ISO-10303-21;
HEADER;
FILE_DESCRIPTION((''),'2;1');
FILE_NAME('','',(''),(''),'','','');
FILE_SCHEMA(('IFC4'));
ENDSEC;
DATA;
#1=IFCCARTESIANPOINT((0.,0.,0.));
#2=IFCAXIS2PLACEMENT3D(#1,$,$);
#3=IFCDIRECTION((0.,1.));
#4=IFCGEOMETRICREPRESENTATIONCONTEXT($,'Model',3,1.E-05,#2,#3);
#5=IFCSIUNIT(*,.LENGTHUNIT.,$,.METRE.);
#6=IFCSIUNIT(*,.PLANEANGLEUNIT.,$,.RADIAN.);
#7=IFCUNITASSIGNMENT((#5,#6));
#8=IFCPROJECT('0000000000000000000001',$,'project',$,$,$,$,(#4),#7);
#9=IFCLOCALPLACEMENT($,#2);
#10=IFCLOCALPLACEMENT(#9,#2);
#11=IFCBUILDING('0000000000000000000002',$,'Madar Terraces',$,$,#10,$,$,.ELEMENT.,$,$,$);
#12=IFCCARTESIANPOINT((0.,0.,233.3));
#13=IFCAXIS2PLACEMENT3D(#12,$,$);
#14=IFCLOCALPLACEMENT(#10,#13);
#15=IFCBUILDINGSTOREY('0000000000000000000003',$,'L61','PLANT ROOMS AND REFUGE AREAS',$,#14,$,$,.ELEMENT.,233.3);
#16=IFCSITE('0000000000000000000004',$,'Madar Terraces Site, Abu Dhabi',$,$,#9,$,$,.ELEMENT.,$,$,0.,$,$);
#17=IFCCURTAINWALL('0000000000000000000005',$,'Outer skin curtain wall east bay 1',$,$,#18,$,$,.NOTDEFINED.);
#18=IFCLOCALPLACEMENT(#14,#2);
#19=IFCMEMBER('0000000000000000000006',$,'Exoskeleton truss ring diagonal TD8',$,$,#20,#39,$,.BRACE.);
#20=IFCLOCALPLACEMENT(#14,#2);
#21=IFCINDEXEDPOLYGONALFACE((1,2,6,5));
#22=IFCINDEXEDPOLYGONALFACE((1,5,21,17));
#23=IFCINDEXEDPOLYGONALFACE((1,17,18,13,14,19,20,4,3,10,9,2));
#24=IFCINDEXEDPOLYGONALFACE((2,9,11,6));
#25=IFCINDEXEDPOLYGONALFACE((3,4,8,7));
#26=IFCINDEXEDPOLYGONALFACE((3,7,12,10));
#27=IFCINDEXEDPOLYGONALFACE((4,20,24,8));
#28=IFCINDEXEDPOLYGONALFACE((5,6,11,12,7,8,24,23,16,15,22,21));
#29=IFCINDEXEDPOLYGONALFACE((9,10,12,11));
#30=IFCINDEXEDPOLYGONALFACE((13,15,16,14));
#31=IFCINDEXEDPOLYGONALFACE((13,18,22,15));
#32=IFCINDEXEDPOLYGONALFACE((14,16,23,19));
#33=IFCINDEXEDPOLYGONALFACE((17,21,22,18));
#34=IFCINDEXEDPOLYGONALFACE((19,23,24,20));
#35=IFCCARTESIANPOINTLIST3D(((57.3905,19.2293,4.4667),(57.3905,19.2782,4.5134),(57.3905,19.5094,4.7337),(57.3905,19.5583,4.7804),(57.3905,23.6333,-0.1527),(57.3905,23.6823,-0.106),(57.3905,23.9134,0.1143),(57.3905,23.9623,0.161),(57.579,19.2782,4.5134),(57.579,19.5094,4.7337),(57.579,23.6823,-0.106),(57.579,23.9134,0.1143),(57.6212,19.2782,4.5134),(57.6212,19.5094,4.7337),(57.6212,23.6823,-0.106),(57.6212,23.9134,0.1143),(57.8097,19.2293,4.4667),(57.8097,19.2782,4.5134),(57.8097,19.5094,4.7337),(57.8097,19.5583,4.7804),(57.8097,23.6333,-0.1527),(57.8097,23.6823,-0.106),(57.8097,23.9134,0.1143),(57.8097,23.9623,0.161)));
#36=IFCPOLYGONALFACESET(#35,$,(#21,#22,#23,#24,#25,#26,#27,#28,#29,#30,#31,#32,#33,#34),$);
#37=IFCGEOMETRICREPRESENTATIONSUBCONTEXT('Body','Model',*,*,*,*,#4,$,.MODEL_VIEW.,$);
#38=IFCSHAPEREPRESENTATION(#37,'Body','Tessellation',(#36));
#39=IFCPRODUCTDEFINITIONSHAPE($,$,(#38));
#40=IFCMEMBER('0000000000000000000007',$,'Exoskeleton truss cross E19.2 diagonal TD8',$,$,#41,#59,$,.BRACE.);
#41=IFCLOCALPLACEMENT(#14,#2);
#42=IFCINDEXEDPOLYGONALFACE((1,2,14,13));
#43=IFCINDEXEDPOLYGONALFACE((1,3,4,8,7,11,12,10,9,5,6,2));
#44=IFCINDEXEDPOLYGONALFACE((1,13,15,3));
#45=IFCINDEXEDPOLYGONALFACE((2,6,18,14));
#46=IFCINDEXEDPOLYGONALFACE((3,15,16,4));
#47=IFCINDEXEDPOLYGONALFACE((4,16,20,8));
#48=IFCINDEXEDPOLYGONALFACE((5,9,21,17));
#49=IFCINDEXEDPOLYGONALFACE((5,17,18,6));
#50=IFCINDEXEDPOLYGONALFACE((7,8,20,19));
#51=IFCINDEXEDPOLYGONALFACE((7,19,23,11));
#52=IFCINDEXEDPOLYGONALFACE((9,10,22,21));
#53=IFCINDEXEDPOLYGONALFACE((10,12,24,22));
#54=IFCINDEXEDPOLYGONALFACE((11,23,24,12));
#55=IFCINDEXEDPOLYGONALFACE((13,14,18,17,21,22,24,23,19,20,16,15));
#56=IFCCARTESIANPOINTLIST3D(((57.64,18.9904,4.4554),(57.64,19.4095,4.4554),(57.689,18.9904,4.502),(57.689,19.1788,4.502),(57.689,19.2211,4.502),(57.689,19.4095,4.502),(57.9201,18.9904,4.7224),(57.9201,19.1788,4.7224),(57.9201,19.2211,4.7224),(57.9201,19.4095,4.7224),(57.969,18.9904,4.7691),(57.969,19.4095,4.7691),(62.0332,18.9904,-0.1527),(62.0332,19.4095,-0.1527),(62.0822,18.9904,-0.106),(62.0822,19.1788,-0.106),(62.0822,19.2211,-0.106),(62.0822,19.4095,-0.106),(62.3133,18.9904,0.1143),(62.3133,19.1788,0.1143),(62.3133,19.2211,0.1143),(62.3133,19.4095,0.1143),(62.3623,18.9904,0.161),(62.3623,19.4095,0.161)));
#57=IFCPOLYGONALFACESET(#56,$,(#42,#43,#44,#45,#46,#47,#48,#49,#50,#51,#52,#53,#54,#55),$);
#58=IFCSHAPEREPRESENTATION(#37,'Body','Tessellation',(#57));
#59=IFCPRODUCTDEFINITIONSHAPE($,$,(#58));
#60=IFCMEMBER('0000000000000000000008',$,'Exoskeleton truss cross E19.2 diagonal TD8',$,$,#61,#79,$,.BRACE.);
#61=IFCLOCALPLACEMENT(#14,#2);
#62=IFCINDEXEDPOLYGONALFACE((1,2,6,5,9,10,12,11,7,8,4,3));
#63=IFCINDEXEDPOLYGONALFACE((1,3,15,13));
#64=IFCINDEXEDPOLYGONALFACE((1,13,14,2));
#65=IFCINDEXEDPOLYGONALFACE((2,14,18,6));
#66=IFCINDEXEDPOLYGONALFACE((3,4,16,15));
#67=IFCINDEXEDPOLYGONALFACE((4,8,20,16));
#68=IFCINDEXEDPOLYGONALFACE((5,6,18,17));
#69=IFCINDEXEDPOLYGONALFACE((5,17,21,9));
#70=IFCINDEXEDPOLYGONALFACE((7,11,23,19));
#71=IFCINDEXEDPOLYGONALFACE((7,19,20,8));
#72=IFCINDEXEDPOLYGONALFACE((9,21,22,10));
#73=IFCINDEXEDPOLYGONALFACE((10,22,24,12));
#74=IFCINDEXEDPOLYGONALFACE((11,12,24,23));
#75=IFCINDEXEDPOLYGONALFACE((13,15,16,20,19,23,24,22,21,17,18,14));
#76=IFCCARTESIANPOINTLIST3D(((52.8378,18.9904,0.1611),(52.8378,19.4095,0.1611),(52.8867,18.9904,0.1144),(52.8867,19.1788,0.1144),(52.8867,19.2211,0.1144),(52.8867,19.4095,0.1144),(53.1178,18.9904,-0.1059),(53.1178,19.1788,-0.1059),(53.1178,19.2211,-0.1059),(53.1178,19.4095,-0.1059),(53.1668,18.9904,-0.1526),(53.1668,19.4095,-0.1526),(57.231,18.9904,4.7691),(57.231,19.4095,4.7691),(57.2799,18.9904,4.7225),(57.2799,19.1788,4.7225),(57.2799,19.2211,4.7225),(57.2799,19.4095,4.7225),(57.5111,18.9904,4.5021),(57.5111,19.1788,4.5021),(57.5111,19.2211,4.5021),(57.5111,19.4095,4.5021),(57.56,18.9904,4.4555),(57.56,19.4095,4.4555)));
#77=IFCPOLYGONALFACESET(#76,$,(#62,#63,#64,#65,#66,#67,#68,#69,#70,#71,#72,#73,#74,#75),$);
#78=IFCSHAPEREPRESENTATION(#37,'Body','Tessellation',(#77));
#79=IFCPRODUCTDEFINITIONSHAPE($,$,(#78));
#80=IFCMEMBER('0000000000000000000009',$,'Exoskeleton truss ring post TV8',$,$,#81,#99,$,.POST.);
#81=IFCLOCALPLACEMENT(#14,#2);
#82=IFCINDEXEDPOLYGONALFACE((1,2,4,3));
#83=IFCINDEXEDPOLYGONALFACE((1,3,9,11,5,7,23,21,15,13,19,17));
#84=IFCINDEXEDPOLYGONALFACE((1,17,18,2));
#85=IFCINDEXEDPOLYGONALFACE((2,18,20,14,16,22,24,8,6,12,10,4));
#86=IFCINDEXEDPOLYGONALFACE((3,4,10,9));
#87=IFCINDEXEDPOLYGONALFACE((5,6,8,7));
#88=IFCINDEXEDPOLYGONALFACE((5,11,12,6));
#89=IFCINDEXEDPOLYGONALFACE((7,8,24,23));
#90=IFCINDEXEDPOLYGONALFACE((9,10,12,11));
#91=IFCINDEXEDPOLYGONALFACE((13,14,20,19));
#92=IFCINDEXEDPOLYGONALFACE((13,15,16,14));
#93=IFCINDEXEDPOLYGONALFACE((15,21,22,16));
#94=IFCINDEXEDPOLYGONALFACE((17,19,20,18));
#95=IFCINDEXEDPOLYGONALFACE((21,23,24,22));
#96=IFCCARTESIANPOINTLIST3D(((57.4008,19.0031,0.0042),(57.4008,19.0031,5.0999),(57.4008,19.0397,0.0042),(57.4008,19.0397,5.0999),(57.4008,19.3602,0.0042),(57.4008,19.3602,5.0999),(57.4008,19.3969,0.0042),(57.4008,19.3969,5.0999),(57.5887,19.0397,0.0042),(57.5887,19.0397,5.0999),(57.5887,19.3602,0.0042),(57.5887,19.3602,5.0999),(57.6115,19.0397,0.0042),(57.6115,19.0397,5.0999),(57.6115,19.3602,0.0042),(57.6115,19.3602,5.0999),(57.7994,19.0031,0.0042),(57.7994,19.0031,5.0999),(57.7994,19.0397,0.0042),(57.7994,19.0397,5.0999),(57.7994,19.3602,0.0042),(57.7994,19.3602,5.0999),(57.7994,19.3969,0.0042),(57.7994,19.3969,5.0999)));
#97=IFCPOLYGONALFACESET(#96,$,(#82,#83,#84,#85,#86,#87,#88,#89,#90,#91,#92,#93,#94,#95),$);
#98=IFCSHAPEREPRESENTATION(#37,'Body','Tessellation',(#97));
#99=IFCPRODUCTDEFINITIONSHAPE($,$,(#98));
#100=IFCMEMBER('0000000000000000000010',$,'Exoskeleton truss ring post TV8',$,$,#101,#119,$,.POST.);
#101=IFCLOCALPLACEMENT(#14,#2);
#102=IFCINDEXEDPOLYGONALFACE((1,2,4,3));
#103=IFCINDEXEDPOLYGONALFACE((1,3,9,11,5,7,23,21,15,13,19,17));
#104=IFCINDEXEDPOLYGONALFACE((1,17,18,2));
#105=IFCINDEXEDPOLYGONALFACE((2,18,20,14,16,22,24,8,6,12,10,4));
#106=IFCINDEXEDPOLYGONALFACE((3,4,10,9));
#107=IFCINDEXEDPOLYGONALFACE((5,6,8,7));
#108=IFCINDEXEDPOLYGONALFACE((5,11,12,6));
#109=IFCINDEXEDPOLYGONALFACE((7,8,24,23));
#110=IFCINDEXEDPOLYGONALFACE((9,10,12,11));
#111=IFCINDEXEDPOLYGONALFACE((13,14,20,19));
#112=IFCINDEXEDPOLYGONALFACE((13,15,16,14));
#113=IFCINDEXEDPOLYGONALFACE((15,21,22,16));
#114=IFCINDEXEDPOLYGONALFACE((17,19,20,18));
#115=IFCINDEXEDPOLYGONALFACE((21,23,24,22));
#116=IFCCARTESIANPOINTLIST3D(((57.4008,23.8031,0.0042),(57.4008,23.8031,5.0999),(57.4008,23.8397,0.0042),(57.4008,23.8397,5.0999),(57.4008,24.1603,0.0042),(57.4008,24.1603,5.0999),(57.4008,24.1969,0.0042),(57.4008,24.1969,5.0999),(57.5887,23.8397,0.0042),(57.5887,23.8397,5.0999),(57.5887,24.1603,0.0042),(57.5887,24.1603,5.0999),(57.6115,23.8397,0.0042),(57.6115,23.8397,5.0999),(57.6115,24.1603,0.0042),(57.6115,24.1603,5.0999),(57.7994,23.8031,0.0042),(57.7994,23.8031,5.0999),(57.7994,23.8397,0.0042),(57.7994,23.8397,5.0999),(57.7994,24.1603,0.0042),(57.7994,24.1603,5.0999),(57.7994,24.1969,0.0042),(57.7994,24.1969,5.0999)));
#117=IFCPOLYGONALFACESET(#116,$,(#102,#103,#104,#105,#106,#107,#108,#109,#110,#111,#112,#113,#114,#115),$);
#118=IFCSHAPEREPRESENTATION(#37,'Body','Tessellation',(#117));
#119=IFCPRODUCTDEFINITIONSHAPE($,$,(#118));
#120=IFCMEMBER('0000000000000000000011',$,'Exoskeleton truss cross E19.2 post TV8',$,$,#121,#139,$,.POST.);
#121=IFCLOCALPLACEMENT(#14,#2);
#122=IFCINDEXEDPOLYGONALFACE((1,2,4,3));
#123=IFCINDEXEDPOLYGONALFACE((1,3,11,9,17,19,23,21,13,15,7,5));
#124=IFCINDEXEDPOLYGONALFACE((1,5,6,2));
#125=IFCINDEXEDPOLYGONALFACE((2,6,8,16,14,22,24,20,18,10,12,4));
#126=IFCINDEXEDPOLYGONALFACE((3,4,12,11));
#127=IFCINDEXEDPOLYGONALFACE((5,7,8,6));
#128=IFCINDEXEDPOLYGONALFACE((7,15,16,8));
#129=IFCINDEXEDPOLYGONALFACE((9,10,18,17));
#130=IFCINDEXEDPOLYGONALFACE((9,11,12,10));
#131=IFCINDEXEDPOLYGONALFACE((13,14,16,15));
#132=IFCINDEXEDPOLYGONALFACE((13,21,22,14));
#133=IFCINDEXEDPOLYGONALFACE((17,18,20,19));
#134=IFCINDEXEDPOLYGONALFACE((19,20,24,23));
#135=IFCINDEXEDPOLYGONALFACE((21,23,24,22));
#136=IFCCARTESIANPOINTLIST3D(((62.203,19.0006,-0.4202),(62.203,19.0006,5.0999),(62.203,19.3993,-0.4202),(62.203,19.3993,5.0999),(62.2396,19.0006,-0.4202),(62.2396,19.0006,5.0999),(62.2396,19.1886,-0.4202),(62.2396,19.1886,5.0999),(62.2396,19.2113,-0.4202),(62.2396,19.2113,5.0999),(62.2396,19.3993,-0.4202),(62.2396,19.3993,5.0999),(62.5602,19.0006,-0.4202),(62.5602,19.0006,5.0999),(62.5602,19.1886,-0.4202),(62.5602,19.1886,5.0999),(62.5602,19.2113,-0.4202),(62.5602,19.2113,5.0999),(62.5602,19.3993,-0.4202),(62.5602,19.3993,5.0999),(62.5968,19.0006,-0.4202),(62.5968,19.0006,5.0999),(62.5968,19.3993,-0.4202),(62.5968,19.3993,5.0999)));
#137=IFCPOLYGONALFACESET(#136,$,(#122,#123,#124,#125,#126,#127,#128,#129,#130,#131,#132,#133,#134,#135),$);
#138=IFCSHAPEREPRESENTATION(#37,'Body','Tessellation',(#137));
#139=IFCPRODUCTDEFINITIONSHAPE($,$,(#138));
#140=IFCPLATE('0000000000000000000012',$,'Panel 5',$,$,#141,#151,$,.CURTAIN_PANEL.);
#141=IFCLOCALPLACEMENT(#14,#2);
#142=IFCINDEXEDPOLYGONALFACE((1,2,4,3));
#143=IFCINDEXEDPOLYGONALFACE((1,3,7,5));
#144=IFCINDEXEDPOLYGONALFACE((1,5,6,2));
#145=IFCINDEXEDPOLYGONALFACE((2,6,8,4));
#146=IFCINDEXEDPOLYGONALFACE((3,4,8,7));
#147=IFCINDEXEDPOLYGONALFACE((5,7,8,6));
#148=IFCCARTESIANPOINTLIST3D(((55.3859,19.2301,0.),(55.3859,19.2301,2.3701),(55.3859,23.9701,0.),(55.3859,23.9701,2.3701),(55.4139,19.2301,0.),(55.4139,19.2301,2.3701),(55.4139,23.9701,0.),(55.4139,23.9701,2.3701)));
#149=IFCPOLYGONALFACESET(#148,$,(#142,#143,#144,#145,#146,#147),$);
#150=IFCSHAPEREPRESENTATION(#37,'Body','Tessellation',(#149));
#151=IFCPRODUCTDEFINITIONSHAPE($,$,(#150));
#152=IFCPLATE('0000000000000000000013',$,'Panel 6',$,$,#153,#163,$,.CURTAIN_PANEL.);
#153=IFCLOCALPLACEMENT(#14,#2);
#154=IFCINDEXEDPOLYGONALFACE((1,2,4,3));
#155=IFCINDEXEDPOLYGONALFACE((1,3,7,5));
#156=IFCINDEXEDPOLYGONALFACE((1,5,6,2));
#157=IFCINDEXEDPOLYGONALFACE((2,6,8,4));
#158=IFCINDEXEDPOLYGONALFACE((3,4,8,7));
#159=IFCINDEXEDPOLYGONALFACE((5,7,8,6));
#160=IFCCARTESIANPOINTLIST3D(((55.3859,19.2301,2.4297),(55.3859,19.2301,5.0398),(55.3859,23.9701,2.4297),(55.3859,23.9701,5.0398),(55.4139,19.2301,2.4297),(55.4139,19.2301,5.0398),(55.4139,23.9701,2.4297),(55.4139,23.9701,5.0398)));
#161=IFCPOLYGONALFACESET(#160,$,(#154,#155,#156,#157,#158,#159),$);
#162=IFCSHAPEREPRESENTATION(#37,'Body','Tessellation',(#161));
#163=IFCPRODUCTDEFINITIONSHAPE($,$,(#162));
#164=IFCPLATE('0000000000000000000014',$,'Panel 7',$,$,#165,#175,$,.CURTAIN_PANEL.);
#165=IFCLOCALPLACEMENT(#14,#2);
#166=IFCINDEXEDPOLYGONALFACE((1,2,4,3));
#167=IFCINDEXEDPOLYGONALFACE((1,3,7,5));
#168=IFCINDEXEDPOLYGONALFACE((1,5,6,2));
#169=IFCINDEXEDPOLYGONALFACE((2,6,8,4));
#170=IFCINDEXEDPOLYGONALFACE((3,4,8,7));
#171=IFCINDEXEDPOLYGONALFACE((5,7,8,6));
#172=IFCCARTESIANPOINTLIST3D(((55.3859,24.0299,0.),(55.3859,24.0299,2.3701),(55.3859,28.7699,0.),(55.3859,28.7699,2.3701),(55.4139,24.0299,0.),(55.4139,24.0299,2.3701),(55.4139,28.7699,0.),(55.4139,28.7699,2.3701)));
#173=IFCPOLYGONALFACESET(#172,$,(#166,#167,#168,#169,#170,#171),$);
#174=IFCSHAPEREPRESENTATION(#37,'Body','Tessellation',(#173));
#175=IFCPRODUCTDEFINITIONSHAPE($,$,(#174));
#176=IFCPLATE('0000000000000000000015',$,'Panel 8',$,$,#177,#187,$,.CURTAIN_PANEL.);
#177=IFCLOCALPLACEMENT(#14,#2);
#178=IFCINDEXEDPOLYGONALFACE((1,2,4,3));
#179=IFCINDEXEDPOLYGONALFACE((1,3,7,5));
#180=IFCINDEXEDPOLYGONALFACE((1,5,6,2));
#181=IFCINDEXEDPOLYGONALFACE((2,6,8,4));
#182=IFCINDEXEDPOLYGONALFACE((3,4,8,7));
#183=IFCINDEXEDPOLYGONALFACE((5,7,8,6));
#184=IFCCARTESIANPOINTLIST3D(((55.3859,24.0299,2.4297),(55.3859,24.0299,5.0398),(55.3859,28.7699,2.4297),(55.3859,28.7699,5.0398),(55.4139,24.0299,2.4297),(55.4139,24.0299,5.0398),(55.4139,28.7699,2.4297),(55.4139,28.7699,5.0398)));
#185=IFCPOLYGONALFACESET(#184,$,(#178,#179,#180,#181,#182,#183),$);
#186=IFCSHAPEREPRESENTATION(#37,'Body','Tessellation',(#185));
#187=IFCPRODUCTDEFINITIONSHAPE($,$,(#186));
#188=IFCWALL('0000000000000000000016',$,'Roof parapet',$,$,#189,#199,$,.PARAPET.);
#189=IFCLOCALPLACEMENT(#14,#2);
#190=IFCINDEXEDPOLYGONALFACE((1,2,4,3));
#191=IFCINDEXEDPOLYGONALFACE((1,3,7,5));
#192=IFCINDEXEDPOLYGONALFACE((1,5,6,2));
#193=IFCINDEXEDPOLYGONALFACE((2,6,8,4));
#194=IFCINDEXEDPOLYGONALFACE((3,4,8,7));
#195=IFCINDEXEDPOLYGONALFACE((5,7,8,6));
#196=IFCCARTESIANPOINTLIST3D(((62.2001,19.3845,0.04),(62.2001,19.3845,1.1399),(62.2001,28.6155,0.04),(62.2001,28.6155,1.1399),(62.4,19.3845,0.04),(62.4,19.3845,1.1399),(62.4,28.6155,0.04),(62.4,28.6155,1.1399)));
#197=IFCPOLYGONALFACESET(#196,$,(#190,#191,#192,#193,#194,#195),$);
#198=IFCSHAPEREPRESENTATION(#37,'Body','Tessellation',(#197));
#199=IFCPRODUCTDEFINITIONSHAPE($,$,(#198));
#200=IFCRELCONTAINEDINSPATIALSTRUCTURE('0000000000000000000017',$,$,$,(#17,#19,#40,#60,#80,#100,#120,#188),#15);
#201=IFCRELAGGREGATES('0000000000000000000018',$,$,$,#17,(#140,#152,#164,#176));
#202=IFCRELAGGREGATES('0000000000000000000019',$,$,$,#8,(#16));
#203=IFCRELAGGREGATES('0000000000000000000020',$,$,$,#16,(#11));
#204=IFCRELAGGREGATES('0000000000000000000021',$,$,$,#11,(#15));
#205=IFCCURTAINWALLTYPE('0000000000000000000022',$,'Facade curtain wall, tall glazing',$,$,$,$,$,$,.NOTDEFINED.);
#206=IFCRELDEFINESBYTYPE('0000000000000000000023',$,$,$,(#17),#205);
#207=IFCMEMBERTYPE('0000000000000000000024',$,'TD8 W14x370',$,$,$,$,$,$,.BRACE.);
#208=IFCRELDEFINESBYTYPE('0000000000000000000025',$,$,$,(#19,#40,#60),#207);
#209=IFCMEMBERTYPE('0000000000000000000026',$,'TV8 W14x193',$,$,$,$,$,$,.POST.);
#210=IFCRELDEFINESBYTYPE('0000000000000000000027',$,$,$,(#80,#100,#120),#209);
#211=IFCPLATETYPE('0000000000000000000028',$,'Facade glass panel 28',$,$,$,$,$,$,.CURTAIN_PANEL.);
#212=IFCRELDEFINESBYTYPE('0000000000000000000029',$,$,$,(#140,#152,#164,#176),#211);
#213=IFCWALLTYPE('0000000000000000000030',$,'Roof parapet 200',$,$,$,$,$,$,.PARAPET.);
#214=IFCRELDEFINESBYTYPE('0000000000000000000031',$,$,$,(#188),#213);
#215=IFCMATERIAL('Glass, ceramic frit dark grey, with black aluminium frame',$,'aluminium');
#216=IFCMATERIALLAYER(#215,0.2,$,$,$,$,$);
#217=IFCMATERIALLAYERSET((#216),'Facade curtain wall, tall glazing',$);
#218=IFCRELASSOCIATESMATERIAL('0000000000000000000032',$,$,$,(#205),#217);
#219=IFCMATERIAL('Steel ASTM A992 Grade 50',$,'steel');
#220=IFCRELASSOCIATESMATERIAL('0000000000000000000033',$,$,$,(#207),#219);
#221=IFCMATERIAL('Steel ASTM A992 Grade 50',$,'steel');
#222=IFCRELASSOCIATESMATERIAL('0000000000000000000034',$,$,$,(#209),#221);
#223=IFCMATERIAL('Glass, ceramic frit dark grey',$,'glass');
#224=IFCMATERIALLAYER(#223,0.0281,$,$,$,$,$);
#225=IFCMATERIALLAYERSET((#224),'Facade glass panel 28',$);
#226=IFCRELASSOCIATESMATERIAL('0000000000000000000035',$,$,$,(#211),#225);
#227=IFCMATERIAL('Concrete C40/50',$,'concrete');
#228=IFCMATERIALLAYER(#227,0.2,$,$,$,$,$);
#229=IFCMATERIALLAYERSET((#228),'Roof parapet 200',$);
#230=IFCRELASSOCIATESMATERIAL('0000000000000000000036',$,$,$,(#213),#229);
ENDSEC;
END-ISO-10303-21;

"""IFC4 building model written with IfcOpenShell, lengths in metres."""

from ifc_helpers import new_model, si_unit, direction, frame, frame_2d, origin, origin_2d, place, context, subcontext, project, spatial, rectangle, i_section, extrude, material, layer, layer_set, material_profile, profile_set, type_object, element, aggregate, save


model = new_model("IFC4")

# Units and contexts
model_context = context("Model", 3, precision=1e-05, world=origin(), true_north=direction((0.0, 1.0)))
body_context = subcontext(model_context, "Body", "Model", "MODEL_VIEW")
ifc_project = project(units=[si_unit("LENGTHUNIT", "METRE"), si_unit("PLANEANGLEUNIT", "RADIAN")], contexts=[model_context])

# Site, building, storey
site_placement = place(None, origin())
site = spatial("IfcSite", under=ifc_project, at=site_placement, Name="Madar Terraces Site, Abu Dhabi", CompositionType="ELEMENT", RefElevation=0.0)
building_placement = place(site_placement, origin())
building = spatial("IfcBuilding", under=site, at=building_placement, Name="Madar Terraces", CompositionType="ELEMENT")
storey_placement = place(building_placement, frame((0.0, 0.0, 233.3)))
storey = spatial("IfcBuildingStorey", under=building, at=storey_placement, Name="L61", Description="PLANT ROOMS AND REFUGE AREAS", CompositionType="ELEMENT", Elevation=233.3)

# Curtain wall
ifc_material_1 = material(Name="Glass, ceramic frit dark grey, with black aluminium frame", Category="aluminium")
ifc_layer_1 = layer(ifc_material_1, 0.2)
ifc_layer_set_1 = layer_set([ifc_layer_1], Name="Facade curtain wall, tall glazing")
curtain_wall_type = type_object("IfcCurtainWallType", Name="Facade curtain wall, tall glazing", PredefinedType="NOTDEFINED", material=ifc_layer_set_1)
curtain_wall_placement = place(storey_placement, origin())
curtain_wall = element("IfcCurtainWall", 1, at=curtain_wall_placement, inside=storey, type_object=curtain_wall_type, Name="Outer skin curtain wall east bay 1", PredefinedType="NOTDEFINED")

# Members
ifc_material_2 = material(Name="Steel ASTM A992 Grade 50", Category="steel")
ifc_material_profile_1 = material_profile(ifc_material_2, i_section(OverallWidth=0.4192, OverallDepth=0.4546, WebThickness=0.0422, FlangeThickness=0.0676, at=origin_2d()), Name="W14x370")
ifc_profile_set_1 = profile_set([ifc_material_profile_1], Name="Steel ASTM A992 Grade 50")
member_type_1 = type_object("IfcMemberType", Name="TD8 W14x370", PredefinedType="BRACE", material=ifc_profile_set_1)
member_1_placement = place(storey_placement, frame((57.6001, 19.3938, 4.6235), z_axis=(0.0, 0.690036, -0.723775), x_axis=(-1.0, 0.0, 0.0)))
element("IfcMember", 2, at=member_1_placement, inside=storey, type_object=member_type_1, Name="Exoskeleton truss ring diagonal TD8", PredefinedType="BRACE", context=body_context, shape_type="SweptSolid", body=[
    extrude(i_section(OverallWidth=0.4192, OverallDepth=0.4546, WebThickness=0.0422, FlangeThickness=0.0676, at=origin_2d()), origin(), (0.0, 0.0, 1.0), 6.3823),
])
for number, where, z_axis, x_axis, name in (
    (3, (62.1978, 19.2, 0.0042), (-0.690033, 0.0, 0.723778), (0.0, -1.0, 0.0), "Exoskeleton truss cross E19.2 diagonal TD8"),
    (4, (57.3955, 19.2, 4.6123), (-0.690033, 0.0, -0.723778), (0.0, -1.0, 0.0), "Exoskeleton truss cross E19.2 diagonal TD8"),
):
    element("IfcMember", number, at=place(storey_placement, frame(where, z_axis=z_axis, x_axis=x_axis)), inside=storey, type_object=member_type_1, Name=name, PredefinedType="BRACE", context=body_context, shape_type="SweptSolid", body=[
        extrude(i_section(OverallWidth=0.4192, OverallDepth=0.4546, WebThickness=0.0422, FlangeThickness=0.0676, at=origin_2d()), origin(), (0.0, 0.0, 1.0), 6.3667),
    ])
ifc_material_3 = material(Name="Steel ASTM A992 Grade 50", Category="steel")
ifc_material_profile_2 = material_profile(ifc_material_3, i_section(OverallWidth=0.3987, OverallDepth=0.3938, WebThickness=0.0227, FlangeThickness=0.0366, at=origin_2d()), Name="W14x193")
ifc_profile_set_2 = profile_set([ifc_material_profile_2], Name="Steel ASTM A992 Grade 50")
member_type_2 = type_object("IfcMemberType", Name="TV8 W14x193", PredefinedType="POST", material=ifc_profile_set_2)
for number, where, z_axis, x_axis, name in (
    (5, (57.6001, 19.2, 0.0042), (0.0, 0.0, 1.0), (-1.0, 0.0, 0.0), "Exoskeleton truss ring post TV8"),
    (6, (57.6001, 24.0, 0.0042), (0.0, 0.0, 1.0), (-1.0, 0.0, 0.0), "Exoskeleton truss ring post TV8"),
):
    element("IfcMember", number, at=place(storey_placement, frame(where, z_axis=z_axis, x_axis=x_axis)), inside=storey, type_object=member_type_2, Name=name, PredefinedType="POST", context=body_context, shape_type="SweptSolid", body=[
        extrude(i_section(OverallWidth=0.3987, OverallDepth=0.3938, WebThickness=0.0227, FlangeThickness=0.0366, at=origin_2d()), origin(), (0.0, 0.0, 1.0), 5.0957),
    ])
member_2_placement = place(storey_placement, frame((62.3999, 19.2, -0.4202), z_axis=(0.0, 0.0, 1.0), x_axis=(0.0, 1.0, 0.0)))
element("IfcMember", 7, at=member_2_placement, inside=storey, type_object=member_type_2, Name="Exoskeleton truss cross E19.2 post TV8", PredefinedType="POST", context=body_context, shape_type="SweptSolid", body=[
    extrude(i_section(OverallWidth=0.3987, OverallDepth=0.3938, WebThickness=0.0227, FlangeThickness=0.0366, at=origin_2d()), origin(), (0.0, 0.0, 1.0), 5.52),
])

# Plates
ifc_material_4 = material(Name="Glass, ceramic frit dark grey", Category="glass")
ifc_layer_2 = layer(ifc_material_4, 0.0281)
ifc_layer_set_2 = layer_set([ifc_layer_2], Name="Facade glass panel 28")
plate_type = type_object("IfcPlateType", Name="Facade glass panel 28", PredefinedType="CURTAIN_PANEL", material=ifc_layer_set_2)
plate_1_placement = place(storey_placement, frame((55.3999, 21.6001, 0.0), z_axis=(0.0, 0.0, 1.0), x_axis=(0.0, 1.0, 0.0)))
plate_1 = element("IfcPlate", 8, at=plate_1_placement, type_object=plate_type, Name="Panel 5", PredefinedType="CURTAIN_PANEL", context=body_context, shape_type="SweptSolid", body=[
    extrude(rectangle(XDim=4.74, YDim=0.0281, at=origin_2d()), origin(), (0.0, 0.0, 1.0), 2.3701),
])
plate_2_placement = place(storey_placement, frame((55.3999, 21.6001, 2.4297), z_axis=(0.0, 0.0, 1.0), x_axis=(0.0, 1.0, 0.0)))
plate_2 = element("IfcPlate", 9, at=plate_2_placement, type_object=plate_type, Name="Panel 6", PredefinedType="CURTAIN_PANEL", context=body_context, shape_type="SweptSolid", body=[
    extrude(rectangle(XDim=4.74, YDim=0.0281, at=origin_2d()), origin(), (0.0, 0.0, 1.0), 2.6101),
])
plate_3_placement = place(storey_placement, frame((55.3999, 26.3999, 0.0), z_axis=(0.0, 0.0, 1.0), x_axis=(0.0, 1.0, 0.0)))
plate_3 = element("IfcPlate", 10, at=plate_3_placement, type_object=plate_type, Name="Panel 7", PredefinedType="CURTAIN_PANEL", context=body_context, shape_type="SweptSolid", body=[
    extrude(rectangle(XDim=4.74, YDim=0.0281, at=origin_2d()), origin(), (0.0, 0.0, 1.0), 2.3701),
])
plate_4_placement = place(storey_placement, frame((55.3999, 26.3999, 2.4297), z_axis=(0.0, 0.0, 1.0), x_axis=(0.0, 1.0, 0.0)))
plate_4 = element("IfcPlate", 11, at=plate_4_placement, type_object=plate_type, Name="Panel 8", PredefinedType="CURTAIN_PANEL", context=body_context, shape_type="SweptSolid", body=[
    extrude(rectangle(XDim=4.74, YDim=0.0281, at=origin_2d()), origin(), (0.0, 0.0, 1.0), 2.6101),
])
aggregate(curtain_wall, [plate_1, plate_2, plate_3, plate_4])

# Wall
ifc_material_5 = material(Name="Concrete C40/50", Category="concrete")
ifc_layer_3 = layer(ifc_material_5, 0.2)
ifc_layer_set_3 = layer_set([ifc_layer_3], Name="Roof parapet 200")
wall_type = type_object("IfcWallType", Name="Roof parapet 200", PredefinedType="PARAPET", material=ifc_layer_set_3)
wall_placement = place(storey_placement, frame((62.3, 19.3845, 0.04), z_axis=(0.0, 0.0, 1.0), x_axis=(0.0, 1.0, 0.0)))
element("IfcWall", 12, at=wall_placement, inside=storey, type_object=wall_type, Name="Roof parapet", PredefinedType="PARAPET", context=body_context, shape_type="SweptSolid", body=[
    extrude(rectangle(XDim=9.231, YDim=0.2, at=frame_2d((4.6155, 0.0))), origin(), (0.0, 0.0, 1.0), 1.0999),
])

save(model, "model.ifc")
